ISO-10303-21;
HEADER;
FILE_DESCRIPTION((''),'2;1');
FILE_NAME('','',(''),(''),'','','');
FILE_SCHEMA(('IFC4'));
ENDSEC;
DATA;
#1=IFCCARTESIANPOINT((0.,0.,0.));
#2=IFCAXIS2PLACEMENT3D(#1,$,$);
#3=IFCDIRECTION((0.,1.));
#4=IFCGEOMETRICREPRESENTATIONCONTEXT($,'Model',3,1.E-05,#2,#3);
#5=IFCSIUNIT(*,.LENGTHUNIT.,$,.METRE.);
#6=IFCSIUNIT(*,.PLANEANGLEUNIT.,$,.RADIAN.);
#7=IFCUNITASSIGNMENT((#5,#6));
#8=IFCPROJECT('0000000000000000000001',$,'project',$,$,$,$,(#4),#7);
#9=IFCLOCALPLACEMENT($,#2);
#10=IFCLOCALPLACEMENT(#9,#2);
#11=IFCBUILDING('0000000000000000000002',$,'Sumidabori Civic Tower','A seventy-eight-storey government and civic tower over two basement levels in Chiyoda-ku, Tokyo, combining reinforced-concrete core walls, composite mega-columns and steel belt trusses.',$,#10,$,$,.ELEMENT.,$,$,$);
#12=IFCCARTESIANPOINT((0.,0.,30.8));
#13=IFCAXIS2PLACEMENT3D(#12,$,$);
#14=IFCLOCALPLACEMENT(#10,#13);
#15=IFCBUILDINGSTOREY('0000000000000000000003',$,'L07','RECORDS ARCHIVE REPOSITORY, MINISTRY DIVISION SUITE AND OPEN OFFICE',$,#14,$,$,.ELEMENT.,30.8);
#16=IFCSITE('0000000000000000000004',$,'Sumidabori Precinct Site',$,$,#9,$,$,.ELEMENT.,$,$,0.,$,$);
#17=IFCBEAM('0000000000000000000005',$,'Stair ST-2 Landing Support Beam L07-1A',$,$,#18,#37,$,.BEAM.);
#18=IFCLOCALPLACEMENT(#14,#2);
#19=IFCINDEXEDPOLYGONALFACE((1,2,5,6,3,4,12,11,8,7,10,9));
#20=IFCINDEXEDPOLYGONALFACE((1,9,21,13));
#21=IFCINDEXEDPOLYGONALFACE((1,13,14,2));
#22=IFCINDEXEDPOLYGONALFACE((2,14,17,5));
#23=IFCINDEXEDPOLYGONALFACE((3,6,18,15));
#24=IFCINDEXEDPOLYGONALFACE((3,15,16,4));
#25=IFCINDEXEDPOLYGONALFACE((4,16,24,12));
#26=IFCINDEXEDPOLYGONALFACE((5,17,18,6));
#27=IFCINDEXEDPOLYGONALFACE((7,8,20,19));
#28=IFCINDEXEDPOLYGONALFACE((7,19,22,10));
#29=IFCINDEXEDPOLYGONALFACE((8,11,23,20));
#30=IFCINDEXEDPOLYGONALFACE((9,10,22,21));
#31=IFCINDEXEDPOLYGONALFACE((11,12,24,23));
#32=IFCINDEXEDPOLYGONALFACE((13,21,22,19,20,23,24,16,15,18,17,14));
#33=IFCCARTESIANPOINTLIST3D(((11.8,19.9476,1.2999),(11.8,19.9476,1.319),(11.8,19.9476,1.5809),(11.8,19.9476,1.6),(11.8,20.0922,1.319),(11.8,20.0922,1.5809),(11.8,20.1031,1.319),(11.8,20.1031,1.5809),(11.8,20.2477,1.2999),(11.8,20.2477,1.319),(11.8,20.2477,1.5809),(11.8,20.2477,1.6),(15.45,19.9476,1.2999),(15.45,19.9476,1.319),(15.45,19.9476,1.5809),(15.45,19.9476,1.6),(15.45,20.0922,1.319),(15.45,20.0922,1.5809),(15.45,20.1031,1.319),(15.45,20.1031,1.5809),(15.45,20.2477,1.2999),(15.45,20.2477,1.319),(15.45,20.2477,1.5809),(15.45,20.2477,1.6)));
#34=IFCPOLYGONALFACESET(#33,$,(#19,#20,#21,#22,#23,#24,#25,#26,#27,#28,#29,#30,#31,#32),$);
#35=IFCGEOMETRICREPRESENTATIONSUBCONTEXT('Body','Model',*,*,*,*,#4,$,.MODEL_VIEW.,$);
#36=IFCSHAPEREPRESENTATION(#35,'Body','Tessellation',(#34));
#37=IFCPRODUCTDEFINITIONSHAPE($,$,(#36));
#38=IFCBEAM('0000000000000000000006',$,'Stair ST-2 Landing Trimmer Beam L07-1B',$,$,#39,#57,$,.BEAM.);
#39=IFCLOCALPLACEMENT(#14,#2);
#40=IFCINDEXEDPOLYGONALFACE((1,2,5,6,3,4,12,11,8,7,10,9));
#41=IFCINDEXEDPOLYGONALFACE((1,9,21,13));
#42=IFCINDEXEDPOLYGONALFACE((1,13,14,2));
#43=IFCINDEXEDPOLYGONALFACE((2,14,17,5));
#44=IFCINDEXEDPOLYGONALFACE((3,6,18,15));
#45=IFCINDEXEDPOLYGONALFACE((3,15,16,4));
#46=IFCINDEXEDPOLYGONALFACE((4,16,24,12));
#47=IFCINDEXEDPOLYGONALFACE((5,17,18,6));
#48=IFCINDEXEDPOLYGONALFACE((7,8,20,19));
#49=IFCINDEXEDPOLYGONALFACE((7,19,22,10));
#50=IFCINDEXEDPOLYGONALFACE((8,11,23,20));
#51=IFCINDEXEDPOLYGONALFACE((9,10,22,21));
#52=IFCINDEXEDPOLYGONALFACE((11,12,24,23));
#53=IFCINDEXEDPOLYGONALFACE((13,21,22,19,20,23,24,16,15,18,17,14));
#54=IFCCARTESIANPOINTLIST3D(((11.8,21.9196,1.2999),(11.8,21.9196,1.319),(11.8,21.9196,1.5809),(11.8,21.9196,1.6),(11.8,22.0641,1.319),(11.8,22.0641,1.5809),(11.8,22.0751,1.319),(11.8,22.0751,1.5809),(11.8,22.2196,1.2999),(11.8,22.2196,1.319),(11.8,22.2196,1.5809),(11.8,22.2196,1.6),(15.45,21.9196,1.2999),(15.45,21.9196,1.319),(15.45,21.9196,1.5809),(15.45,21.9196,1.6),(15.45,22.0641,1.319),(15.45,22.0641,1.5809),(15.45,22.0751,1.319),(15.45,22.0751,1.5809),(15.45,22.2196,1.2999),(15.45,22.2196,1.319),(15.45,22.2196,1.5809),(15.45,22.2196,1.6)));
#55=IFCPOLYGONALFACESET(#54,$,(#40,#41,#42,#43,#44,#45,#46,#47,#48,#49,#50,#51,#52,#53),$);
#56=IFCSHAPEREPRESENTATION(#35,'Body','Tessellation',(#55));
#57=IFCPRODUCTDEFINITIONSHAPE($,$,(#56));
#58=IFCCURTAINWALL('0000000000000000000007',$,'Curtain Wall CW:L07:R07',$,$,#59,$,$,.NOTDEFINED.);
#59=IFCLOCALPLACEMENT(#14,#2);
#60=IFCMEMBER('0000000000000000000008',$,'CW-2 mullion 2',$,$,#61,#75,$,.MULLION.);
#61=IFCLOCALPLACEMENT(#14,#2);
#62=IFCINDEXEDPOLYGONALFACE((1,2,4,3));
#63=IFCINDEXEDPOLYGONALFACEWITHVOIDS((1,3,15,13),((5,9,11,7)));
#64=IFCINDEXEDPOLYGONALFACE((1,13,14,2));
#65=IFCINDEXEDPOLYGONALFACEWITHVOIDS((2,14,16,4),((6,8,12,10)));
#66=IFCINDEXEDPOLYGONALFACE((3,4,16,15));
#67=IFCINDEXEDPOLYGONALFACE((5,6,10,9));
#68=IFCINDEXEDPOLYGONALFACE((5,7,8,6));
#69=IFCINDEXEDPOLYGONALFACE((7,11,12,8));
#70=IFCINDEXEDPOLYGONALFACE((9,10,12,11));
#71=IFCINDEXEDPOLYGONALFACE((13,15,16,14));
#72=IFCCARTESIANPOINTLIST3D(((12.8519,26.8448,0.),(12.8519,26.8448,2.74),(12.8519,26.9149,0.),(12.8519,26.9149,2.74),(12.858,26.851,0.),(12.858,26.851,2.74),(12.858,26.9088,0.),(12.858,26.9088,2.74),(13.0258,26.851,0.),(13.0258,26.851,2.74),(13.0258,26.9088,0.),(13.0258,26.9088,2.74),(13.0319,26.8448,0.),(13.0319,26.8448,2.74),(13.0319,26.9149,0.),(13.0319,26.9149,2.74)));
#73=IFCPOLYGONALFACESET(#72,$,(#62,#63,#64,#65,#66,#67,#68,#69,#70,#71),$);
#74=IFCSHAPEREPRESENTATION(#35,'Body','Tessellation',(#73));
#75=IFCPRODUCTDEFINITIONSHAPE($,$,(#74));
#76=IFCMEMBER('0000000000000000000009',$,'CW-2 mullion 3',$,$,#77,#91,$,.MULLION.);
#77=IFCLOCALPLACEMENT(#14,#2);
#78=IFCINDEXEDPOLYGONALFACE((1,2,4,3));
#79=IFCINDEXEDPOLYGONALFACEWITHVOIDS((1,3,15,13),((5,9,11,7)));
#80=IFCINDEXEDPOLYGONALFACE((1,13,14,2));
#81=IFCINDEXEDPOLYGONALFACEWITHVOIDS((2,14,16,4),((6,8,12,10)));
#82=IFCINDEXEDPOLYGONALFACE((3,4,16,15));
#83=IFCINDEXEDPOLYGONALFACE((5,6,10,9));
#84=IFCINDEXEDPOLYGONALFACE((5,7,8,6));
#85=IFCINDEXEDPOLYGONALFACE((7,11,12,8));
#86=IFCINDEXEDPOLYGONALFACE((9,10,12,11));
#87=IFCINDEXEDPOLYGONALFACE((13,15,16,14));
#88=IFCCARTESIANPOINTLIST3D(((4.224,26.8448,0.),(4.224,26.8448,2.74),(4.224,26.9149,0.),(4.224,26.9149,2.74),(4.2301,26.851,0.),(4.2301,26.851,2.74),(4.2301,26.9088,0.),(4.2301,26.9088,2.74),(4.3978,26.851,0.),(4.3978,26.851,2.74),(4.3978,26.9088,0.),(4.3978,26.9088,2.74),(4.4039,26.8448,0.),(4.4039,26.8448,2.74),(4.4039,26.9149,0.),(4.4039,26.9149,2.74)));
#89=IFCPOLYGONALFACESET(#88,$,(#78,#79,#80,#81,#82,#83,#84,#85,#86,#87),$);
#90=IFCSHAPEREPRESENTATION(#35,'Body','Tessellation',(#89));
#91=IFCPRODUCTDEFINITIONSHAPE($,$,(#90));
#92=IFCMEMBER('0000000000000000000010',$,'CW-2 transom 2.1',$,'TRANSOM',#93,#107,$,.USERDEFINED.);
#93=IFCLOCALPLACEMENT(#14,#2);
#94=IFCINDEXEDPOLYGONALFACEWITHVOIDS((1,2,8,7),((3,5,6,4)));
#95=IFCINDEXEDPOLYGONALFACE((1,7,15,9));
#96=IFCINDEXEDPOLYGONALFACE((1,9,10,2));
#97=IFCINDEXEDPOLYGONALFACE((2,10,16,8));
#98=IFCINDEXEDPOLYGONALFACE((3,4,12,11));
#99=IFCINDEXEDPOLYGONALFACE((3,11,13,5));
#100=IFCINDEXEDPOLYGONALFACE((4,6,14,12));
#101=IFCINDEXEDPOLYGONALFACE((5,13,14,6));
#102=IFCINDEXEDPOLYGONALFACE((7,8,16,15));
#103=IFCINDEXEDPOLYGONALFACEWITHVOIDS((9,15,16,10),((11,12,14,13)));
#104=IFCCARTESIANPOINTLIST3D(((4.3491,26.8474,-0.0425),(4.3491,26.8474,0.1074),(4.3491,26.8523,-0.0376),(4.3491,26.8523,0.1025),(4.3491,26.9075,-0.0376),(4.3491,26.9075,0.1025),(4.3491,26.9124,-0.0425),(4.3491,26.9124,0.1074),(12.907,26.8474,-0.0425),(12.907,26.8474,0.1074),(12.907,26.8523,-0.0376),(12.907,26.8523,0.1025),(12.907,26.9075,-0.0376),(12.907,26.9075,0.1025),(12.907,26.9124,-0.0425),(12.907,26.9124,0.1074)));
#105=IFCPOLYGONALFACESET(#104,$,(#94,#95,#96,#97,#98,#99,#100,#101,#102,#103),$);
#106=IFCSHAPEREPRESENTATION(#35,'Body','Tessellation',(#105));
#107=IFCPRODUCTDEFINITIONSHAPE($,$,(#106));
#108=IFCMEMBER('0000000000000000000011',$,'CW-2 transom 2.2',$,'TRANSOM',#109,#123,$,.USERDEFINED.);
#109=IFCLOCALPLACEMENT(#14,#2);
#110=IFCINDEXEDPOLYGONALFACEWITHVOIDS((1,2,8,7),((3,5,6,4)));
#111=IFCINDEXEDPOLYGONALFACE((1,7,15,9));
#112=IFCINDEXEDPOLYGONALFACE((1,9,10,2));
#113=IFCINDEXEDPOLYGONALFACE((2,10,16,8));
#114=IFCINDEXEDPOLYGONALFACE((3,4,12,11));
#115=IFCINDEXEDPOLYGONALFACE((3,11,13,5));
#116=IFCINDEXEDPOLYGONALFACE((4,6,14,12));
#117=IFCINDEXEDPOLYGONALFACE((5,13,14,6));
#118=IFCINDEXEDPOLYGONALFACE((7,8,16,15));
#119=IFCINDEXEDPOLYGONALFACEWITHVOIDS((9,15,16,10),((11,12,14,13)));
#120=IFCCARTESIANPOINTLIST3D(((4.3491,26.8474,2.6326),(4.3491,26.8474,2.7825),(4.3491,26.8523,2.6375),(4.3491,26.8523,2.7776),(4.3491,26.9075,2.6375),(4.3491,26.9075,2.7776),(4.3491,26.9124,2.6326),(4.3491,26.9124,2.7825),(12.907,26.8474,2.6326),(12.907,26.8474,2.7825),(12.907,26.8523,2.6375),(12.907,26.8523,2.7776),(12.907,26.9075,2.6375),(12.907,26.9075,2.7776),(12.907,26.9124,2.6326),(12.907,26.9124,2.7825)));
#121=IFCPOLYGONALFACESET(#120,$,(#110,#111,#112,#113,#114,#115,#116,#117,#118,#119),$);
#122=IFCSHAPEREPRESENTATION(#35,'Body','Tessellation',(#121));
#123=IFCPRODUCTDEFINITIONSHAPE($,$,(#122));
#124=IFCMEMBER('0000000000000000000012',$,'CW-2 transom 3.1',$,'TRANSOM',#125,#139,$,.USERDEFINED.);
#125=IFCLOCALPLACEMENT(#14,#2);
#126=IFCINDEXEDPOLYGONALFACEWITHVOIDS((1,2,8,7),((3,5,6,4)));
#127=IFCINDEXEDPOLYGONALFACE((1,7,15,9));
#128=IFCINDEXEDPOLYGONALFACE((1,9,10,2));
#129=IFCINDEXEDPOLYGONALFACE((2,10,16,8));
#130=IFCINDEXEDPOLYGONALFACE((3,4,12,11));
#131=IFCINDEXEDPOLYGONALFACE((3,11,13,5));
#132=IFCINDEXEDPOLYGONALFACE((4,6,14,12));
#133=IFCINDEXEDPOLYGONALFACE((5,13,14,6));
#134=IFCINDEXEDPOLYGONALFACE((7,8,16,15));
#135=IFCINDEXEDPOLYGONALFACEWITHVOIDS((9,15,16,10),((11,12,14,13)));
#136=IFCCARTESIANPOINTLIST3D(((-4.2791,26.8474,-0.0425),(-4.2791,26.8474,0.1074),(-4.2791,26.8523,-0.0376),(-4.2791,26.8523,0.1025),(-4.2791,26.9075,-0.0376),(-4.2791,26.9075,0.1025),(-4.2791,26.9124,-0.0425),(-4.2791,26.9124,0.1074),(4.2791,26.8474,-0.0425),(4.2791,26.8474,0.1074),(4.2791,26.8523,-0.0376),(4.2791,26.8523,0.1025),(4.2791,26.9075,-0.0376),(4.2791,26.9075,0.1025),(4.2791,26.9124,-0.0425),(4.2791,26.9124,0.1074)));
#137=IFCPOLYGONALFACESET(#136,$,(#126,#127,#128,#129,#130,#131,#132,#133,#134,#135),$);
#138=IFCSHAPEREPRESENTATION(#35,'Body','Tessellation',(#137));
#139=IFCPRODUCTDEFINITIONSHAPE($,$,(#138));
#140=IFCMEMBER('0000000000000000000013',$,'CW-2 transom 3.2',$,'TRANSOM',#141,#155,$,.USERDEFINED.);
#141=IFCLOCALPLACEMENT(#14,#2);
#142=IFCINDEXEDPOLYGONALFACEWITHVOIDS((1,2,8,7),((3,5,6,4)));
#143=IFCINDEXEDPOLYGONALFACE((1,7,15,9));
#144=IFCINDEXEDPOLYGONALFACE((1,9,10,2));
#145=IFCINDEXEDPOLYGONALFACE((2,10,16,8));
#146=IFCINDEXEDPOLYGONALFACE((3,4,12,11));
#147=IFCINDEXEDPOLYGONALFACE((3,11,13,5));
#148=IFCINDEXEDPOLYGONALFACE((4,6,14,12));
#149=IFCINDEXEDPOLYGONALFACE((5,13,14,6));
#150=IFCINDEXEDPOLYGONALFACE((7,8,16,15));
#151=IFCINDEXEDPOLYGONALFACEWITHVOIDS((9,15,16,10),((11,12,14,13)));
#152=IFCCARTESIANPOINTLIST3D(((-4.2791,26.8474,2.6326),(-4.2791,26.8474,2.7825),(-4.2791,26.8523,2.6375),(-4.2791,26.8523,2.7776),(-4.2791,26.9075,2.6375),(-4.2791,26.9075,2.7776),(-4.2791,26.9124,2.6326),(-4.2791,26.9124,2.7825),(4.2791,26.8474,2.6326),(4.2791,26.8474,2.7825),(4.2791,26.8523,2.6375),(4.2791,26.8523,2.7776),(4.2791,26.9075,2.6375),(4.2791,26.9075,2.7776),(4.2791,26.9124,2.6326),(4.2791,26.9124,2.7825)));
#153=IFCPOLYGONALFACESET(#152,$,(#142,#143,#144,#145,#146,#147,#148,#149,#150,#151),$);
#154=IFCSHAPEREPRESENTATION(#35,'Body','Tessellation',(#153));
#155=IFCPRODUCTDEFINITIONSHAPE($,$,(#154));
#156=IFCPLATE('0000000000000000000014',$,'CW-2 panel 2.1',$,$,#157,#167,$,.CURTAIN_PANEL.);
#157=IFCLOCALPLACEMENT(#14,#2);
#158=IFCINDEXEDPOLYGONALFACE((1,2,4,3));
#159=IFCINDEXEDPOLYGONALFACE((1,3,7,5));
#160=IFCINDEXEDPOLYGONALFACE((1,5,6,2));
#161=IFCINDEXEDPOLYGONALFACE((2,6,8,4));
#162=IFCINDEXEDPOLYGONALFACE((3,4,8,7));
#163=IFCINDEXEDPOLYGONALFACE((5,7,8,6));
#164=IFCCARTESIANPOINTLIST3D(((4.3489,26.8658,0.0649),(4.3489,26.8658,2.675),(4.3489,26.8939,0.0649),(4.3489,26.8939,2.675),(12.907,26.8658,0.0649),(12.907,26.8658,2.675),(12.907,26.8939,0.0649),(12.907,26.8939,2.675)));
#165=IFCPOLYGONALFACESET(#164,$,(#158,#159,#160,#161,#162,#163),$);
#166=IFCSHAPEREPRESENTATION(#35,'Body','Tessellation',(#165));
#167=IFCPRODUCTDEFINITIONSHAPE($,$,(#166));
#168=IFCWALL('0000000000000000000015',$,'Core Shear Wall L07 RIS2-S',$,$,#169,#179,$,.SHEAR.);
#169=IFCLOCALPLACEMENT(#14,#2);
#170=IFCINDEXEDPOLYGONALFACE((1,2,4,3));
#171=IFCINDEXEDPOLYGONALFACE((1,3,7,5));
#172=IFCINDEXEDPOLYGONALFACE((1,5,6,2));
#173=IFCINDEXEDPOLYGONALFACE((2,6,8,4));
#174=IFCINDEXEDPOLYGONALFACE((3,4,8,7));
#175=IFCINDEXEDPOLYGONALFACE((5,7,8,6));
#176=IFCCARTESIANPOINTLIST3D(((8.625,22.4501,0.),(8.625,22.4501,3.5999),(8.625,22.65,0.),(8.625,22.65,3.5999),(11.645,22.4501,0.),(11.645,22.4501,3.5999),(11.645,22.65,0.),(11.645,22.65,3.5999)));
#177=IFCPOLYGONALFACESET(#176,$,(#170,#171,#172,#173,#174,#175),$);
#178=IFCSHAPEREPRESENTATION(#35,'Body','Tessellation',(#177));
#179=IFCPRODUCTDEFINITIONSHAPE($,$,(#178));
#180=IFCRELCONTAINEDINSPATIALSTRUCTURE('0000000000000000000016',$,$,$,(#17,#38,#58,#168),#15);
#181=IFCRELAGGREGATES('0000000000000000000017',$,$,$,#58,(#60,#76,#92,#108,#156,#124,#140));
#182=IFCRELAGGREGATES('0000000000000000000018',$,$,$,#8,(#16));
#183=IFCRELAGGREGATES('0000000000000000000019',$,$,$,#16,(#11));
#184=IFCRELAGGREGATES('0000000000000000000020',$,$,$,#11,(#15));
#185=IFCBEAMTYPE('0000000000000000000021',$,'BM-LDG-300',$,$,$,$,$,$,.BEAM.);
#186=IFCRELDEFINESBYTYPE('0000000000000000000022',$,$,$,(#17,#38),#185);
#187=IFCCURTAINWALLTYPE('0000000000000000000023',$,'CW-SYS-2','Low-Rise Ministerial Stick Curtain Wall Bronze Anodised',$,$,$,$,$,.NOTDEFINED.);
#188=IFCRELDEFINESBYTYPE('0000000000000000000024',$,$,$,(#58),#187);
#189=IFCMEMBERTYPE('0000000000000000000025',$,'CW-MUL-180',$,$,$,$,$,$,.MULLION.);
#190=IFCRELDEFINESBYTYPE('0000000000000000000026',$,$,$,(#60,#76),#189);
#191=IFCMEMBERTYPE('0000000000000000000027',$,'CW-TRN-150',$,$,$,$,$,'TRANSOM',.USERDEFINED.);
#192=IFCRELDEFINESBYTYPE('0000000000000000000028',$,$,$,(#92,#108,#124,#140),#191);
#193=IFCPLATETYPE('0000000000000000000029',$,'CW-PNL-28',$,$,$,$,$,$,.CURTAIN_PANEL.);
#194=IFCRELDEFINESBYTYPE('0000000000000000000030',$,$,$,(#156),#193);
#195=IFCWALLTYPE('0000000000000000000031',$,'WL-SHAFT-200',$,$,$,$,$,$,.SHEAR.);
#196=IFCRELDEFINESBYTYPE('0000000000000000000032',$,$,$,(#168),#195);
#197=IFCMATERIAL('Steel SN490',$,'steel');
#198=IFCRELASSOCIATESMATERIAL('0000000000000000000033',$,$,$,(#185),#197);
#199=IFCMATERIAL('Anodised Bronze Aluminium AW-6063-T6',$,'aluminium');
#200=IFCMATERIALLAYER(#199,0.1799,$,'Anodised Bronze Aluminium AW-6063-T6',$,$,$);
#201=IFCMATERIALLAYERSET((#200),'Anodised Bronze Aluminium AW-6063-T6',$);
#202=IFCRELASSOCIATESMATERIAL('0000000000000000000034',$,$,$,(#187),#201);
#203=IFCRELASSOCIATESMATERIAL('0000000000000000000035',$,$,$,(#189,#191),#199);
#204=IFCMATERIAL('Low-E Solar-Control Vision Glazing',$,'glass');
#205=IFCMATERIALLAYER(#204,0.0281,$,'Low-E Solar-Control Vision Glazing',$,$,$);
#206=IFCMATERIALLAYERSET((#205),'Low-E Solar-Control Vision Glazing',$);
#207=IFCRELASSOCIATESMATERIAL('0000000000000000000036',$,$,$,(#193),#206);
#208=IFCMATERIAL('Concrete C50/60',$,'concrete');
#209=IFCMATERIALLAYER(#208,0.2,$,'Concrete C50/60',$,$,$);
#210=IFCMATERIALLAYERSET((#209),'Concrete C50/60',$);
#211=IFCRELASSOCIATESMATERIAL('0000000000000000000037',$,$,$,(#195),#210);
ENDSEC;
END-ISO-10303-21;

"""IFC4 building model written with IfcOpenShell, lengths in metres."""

from ifc_helpers import new_model, si_unit, direction, frame, frame_2d, origin, origin_2d, place, context, subcontext, project, spatial, rectangle, hollow_rectangle, i_section, extrude, source, transform, mapped, material, layer, layer_set, material_profile, profile_set, type_object, element, aggregate, save


model = new_model("IFC4")

# Units and contexts
model_context = context("Model", 3, precision=1e-05, world=origin(), true_north=direction((0.0, 1.0)))
body_context = subcontext(model_context, "Body", "Model", "MODEL_VIEW")
ifc_project = project(units=[si_unit("LENGTHUNIT", "METRE"), si_unit("PLANEANGLEUNIT", "RADIAN")], contexts=[model_context])

# Site, building, storey
site_placement = place(None, origin())
site = spatial("IfcSite", under=ifc_project, at=site_placement, Name="Sumidabori Precinct Site", CompositionType="ELEMENT", RefElevation=0.0)
building_placement = place(site_placement, origin())
building = spatial("IfcBuilding", under=site, at=building_placement, Name="Sumidabori Civic Tower", Description="A seventy-eight-storey government and civic tower over two basement levels in Chiyoda-ku, Tokyo, combining reinforced-concrete core walls, composite mega-columns and steel belt trusses.", CompositionType="ELEMENT")
storey_placement = place(building_placement, frame((0.0, 0.0, 30.8)))
storey = spatial("IfcBuildingStorey", under=building, at=storey_placement, Name="L07", Description="RECORDS ARCHIVE REPOSITORY, MINISTRY DIVISION SUITE AND OPEN OFFICE", CompositionType="ELEMENT", Elevation=30.8)

# Beams
ifc_material_1 = material(Name="Steel SN490", Category="steel")
ifc_material_profile_1 = material_profile(ifc_material_1, i_section(OverallWidth=0.3, OverallDepth=0.3, WebThickness=0.011, FlangeThickness=0.019, at=origin_2d()), Name="HE 300 B")
ifc_profile_set_1 = profile_set([ifc_material_profile_1], Name="Steel SN490")
beam_type = type_object("IfcBeamType", Name="BM-LDG-300", PredefinedType="BEAM", material=ifc_profile_set_1)
shared_shape_1 = source(origin(), body_context, "Body", "SweptSolid", [
    extrude(i_section(OverallWidth=0.3, OverallDepth=0.3, WebThickness=0.011, FlangeThickness=0.019, at=origin_2d()), origin(), (0.0, 0.0, 1.0), 3.6499),
])
for number, where, z_axis, x_axis, name in (
    (1, (11.8, 20.0977, 1.45), (1.0, 0.0, 0.0), (0.0, 1.0, 0.0), "Stair ST-2 Landing Support Beam L07-1A"),
    (2, (11.8, 22.0696, 1.45), (1.0, 0.0, 0.0), (0.0, 1.0, 0.0), "Stair ST-2 Landing Trimmer Beam L07-1B"),
):
    element("IfcBeam", number, at=place(storey_placement, frame(where, z_axis=z_axis, x_axis=x_axis)), inside=storey, type_object=beam_type, Name=name, PredefinedType="BEAM", context=body_context, shape_type="MappedRepresentation", body=[
        mapped(shared_shape_1, transform((0.0, 0.0, 0.0), x_axis=(1.0, 0.0, 0.0), y_axis=(0.0, 1.0, 0.0), z_axis=(0.0, 0.0, 1.0), scale=1.0)),
    ])

# Curtain wall, members, plate
ifc_material_2 = material(Name="Anodised Bronze Aluminium AW-6063-T6", Category="aluminium")
ifc_layer_1 = layer(ifc_material_2, 0.1799, Name="Anodised Bronze Aluminium AW-6063-T6")
ifc_layer_set_1 = layer_set([ifc_layer_1], Name="Anodised Bronze Aluminium AW-6063-T6")
curtain_wall_type = type_object("IfcCurtainWallType", Name="CW-SYS-2", Description="Low-Rise Ministerial Stick Curtain Wall Bronze Anodised", PredefinedType="NOTDEFINED", material=ifc_layer_set_1)
curtain_wall_placement = place(storey_placement, origin())
curtain_wall = element("IfcCurtainWall", 3, at=curtain_wall_placement, inside=storey, type_object=curtain_wall_type, Name="Curtain Wall CW:L07:R07", PredefinedType="NOTDEFINED")
ifc_material_profile_2 = material_profile(ifc_material_2, hollow_rectangle(XDim=0.0701, YDim=0.1799, WallThickness=0.0061, at=origin_2d()), Name="ALU MULLION 180x70")
ifc_profile_set_2 = profile_set([ifc_material_profile_2], Name="Anodised Bronze Aluminium AW-6063-T6")
member_type_1 = type_object("IfcMemberType", Name="CW-MUL-180", PredefinedType="MULLION", material=ifc_profile_set_2)
shared_shape_2 = source(origin(), body_context, "Body", "SweptSolid", [
    extrude(hollow_rectangle(XDim=0.0701, YDim=0.1799, WallThickness=0.0061, at=origin_2d()), origin(), (0.0, 0.0, 1.0), 2.74),
])
member_1_placement = place(storey_placement, frame((12.9419, 26.8799, 0.0), z_axis=(0.0, 0.0, 1.0), x_axis=(0.0, -1.0, 0.0)))
member_1 = element("IfcMember", 4, at=member_1_placement, type_object=member_type_1, Name="CW-2 mullion 2", PredefinedType="MULLION", context=body_context, shape_type="MappedRepresentation", body=[
    mapped(shared_shape_2, transform((0.0, 0.0, 0.0), x_axis=(1.0, 0.0, 0.0), y_axis=(0.0, 1.0, 0.0), z_axis=(0.0, 0.0, 1.0), scale=1.0)),
])
member_2_placement = place(storey_placement, frame((4.314, 26.8799, 0.0), z_axis=(0.0, 0.0, 1.0), x_axis=(0.0, -1.0, 0.0)))
member_2 = element("IfcMember", 5, at=member_2_placement, type_object=member_type_1, Name="CW-2 mullion 3", PredefinedType="MULLION", context=body_context, shape_type="MappedRepresentation", body=[
    mapped(shared_shape_2, transform((0.0, 0.0, 0.0), x_axis=(1.0, 0.0, 0.0), y_axis=(0.0, 1.0, 0.0), z_axis=(0.0, 0.0, 1.0), scale=1.0)),
])
ifc_material_profile_3 = material_profile(ifc_material_2, hollow_rectangle(XDim=0.0649, YDim=0.1499, WallThickness=0.0049, at=origin_2d()), Name="ALU TRANSOM 150x65")
ifc_profile_set_3 = profile_set([ifc_material_profile_3], Name="Anodised Bronze Aluminium AW-6063-T6")
member_type_2 = type_object("IfcMemberType", Name="CW-TRN-150", ElementType="TRANSOM", PredefinedType="USERDEFINED", material=ifc_profile_set_3)
shared_shape_3 = source(origin(), body_context, "Body", "SweptSolid", [
    extrude(hollow_rectangle(XDim=0.0649, YDim=0.1499, WallThickness=0.0049, at=origin_2d()), origin(), (0.0, 0.0, 1.0), 8.5579),
])
member_3_placement = place(storey_placement, frame((12.907, 26.8799, 0.0325), z_axis=(-1.0, 0.0, 0.0), x_axis=(0.0, -1.0, 0.0)))
member_3 = element("IfcMember", 6, at=member_3_placement, type_object=member_type_2, Name="CW-2 transom 2.1", ObjectType="TRANSOM", PredefinedType="USERDEFINED", context=body_context, shape_type="MappedRepresentation", body=[
    mapped(shared_shape_3, transform((0.0, 0.0, 0.0), x_axis=(1.0, 0.0, 0.0), y_axis=(0.0, 1.0, 0.0), z_axis=(0.0, 0.0, 1.0), scale=1.0)),
])
member_4_placement = place(storey_placement, frame((12.907, 26.8799, 2.7075), z_axis=(-1.0, 0.0, 0.0), x_axis=(0.0, -1.0, 0.0)))
member_4 = element("IfcMember", 7, at=member_4_placement, type_object=member_type_2, Name="CW-2 transom 2.2", ObjectType="TRANSOM", PredefinedType="USERDEFINED", context=body_context, shape_type="MappedRepresentation", body=[
    mapped(shared_shape_3, transform((0.0, 0.0, 0.0), x_axis=(1.0, 0.0, 0.0), y_axis=(0.0, 1.0, 0.0), z_axis=(0.0, 0.0, 1.0), scale=1.0)),
])
shared_shape_4 = source(origin(), body_context, "Body", "SweptSolid", [
    extrude(hollow_rectangle(XDim=0.0649, YDim=0.1499, WallThickness=0.0049, at=origin_2d()), origin(), (0.0, 0.0, 1.0), 8.5581),
])
member_5_placement = place(storey_placement, frame((4.2791, 26.8799, 0.0325), z_axis=(-1.0, 0.0, 0.0), x_axis=(0.0, -1.0, 0.0)))
member_5 = element("IfcMember", 8, at=member_5_placement, type_object=member_type_2, Name="CW-2 transom 3.1", ObjectType="TRANSOM", PredefinedType="USERDEFINED", context=body_context, shape_type="MappedRepresentation", body=[
    mapped(shared_shape_4, transform((0.0, 0.0, 0.0), x_axis=(1.0, 0.0, 0.0), y_axis=(0.0, 1.0, 0.0), z_axis=(0.0, 0.0, 1.0), scale=1.0)),
])
member_6_placement = place(storey_placement, frame((4.2791, 26.8799, 2.7075), z_axis=(-1.0, 0.0, 0.0), x_axis=(0.0, -1.0, 0.0)))
member_6 = element("IfcMember", 9, at=member_6_placement, type_object=member_type_2, Name="CW-2 transom 3.2", ObjectType="TRANSOM", PredefinedType="USERDEFINED", context=body_context, shape_type="MappedRepresentation", body=[
    mapped(shared_shape_4, transform((0.0, 0.0, 0.0), x_axis=(1.0, 0.0, 0.0), y_axis=(0.0, 1.0, 0.0), z_axis=(0.0, 0.0, 1.0), scale=1.0)),
])
ifc_material_3 = material(Name="Low-E Solar-Control Vision Glazing", Category="glass")
ifc_layer_2 = layer(ifc_material_3, 0.0281, Name="Low-E Solar-Control Vision Glazing")
ifc_layer_set_2 = layer_set([ifc_layer_2], Name="Low-E Solar-Control Vision Glazing")
plate_type = type_object("IfcPlateType", Name="CW-PNL-28", PredefinedType="CURTAIN_PANEL", material=ifc_layer_set_2)
shared_shape_5 = source(origin(), body_context, "Body", "SweptSolid", [
    extrude(rectangle(XDim=8.5581, YDim=0.0281, at=origin_2d()), origin(), (0.0, 0.0, 1.0), 2.6101),
])
plate_placement = place(storey_placement, frame((8.6279, 26.8799, 0.0649), z_axis=(0.0, 0.0, 1.0), x_axis=(-1.0, 0.0, 0.0)))
plate = element("IfcPlate", 10, at=plate_placement, type_object=plate_type, Name="CW-2 panel 2.1", PredefinedType="CURTAIN_PANEL", context=body_context, shape_type="MappedRepresentation", body=[
    mapped(shared_shape_5, transform((0.0, 0.0, 0.0), x_axis=(1.0, 0.0, 0.0), y_axis=(0.0, 1.0, 0.0), z_axis=(0.0, 0.0, 1.0), scale=1.0)),
])
aggregate(curtain_wall, [member_1, member_2, member_3, member_4, plate, member_5, member_6])

# Wall
ifc_material_4 = material(Name="Concrete C50/60", Category="concrete")
ifc_layer_3 = layer(ifc_material_4, 0.2, Name="Concrete C50/60")
ifc_layer_set_3 = layer_set([ifc_layer_3], Name="Concrete C50/60")
wall_type_1 = type_object("IfcWallType", Name="WL-SHAFT-200", PredefinedType="SHEAR", material=ifc_layer_set_3)
shared_shape_6 = source(origin(), body_context, "Body", "SweptSolid", [
    extrude(rectangle(XDim=3.02, YDim=0.2, at=frame_2d((1.51, 0.0))), origin(), (0.0, 0.0, 1.0), 3.5999),
])
wall_1_placement = place(storey_placement, frame((8.625, 22.55, 0.0), z_axis=(0.0, 0.0, 1.0), x_axis=(1.0, 0.0, 0.0)))
element("IfcWall", 11, at=wall_1_placement, inside=storey, type_object=wall_type_1, Name="Core Shear Wall L07 RIS2-S", PredefinedType="SHEAR", context=body_context, shape_type="MappedRepresentation", body=[
    mapped(shared_shape_6, transform((0.0, 0.0, 0.0), x_axis=(1.0, 0.0, 0.0), y_axis=(0.0, 1.0, 0.0), z_axis=(0.0, 0.0, 1.0), scale=1.0)),
])

save(model, "model.ifc")
